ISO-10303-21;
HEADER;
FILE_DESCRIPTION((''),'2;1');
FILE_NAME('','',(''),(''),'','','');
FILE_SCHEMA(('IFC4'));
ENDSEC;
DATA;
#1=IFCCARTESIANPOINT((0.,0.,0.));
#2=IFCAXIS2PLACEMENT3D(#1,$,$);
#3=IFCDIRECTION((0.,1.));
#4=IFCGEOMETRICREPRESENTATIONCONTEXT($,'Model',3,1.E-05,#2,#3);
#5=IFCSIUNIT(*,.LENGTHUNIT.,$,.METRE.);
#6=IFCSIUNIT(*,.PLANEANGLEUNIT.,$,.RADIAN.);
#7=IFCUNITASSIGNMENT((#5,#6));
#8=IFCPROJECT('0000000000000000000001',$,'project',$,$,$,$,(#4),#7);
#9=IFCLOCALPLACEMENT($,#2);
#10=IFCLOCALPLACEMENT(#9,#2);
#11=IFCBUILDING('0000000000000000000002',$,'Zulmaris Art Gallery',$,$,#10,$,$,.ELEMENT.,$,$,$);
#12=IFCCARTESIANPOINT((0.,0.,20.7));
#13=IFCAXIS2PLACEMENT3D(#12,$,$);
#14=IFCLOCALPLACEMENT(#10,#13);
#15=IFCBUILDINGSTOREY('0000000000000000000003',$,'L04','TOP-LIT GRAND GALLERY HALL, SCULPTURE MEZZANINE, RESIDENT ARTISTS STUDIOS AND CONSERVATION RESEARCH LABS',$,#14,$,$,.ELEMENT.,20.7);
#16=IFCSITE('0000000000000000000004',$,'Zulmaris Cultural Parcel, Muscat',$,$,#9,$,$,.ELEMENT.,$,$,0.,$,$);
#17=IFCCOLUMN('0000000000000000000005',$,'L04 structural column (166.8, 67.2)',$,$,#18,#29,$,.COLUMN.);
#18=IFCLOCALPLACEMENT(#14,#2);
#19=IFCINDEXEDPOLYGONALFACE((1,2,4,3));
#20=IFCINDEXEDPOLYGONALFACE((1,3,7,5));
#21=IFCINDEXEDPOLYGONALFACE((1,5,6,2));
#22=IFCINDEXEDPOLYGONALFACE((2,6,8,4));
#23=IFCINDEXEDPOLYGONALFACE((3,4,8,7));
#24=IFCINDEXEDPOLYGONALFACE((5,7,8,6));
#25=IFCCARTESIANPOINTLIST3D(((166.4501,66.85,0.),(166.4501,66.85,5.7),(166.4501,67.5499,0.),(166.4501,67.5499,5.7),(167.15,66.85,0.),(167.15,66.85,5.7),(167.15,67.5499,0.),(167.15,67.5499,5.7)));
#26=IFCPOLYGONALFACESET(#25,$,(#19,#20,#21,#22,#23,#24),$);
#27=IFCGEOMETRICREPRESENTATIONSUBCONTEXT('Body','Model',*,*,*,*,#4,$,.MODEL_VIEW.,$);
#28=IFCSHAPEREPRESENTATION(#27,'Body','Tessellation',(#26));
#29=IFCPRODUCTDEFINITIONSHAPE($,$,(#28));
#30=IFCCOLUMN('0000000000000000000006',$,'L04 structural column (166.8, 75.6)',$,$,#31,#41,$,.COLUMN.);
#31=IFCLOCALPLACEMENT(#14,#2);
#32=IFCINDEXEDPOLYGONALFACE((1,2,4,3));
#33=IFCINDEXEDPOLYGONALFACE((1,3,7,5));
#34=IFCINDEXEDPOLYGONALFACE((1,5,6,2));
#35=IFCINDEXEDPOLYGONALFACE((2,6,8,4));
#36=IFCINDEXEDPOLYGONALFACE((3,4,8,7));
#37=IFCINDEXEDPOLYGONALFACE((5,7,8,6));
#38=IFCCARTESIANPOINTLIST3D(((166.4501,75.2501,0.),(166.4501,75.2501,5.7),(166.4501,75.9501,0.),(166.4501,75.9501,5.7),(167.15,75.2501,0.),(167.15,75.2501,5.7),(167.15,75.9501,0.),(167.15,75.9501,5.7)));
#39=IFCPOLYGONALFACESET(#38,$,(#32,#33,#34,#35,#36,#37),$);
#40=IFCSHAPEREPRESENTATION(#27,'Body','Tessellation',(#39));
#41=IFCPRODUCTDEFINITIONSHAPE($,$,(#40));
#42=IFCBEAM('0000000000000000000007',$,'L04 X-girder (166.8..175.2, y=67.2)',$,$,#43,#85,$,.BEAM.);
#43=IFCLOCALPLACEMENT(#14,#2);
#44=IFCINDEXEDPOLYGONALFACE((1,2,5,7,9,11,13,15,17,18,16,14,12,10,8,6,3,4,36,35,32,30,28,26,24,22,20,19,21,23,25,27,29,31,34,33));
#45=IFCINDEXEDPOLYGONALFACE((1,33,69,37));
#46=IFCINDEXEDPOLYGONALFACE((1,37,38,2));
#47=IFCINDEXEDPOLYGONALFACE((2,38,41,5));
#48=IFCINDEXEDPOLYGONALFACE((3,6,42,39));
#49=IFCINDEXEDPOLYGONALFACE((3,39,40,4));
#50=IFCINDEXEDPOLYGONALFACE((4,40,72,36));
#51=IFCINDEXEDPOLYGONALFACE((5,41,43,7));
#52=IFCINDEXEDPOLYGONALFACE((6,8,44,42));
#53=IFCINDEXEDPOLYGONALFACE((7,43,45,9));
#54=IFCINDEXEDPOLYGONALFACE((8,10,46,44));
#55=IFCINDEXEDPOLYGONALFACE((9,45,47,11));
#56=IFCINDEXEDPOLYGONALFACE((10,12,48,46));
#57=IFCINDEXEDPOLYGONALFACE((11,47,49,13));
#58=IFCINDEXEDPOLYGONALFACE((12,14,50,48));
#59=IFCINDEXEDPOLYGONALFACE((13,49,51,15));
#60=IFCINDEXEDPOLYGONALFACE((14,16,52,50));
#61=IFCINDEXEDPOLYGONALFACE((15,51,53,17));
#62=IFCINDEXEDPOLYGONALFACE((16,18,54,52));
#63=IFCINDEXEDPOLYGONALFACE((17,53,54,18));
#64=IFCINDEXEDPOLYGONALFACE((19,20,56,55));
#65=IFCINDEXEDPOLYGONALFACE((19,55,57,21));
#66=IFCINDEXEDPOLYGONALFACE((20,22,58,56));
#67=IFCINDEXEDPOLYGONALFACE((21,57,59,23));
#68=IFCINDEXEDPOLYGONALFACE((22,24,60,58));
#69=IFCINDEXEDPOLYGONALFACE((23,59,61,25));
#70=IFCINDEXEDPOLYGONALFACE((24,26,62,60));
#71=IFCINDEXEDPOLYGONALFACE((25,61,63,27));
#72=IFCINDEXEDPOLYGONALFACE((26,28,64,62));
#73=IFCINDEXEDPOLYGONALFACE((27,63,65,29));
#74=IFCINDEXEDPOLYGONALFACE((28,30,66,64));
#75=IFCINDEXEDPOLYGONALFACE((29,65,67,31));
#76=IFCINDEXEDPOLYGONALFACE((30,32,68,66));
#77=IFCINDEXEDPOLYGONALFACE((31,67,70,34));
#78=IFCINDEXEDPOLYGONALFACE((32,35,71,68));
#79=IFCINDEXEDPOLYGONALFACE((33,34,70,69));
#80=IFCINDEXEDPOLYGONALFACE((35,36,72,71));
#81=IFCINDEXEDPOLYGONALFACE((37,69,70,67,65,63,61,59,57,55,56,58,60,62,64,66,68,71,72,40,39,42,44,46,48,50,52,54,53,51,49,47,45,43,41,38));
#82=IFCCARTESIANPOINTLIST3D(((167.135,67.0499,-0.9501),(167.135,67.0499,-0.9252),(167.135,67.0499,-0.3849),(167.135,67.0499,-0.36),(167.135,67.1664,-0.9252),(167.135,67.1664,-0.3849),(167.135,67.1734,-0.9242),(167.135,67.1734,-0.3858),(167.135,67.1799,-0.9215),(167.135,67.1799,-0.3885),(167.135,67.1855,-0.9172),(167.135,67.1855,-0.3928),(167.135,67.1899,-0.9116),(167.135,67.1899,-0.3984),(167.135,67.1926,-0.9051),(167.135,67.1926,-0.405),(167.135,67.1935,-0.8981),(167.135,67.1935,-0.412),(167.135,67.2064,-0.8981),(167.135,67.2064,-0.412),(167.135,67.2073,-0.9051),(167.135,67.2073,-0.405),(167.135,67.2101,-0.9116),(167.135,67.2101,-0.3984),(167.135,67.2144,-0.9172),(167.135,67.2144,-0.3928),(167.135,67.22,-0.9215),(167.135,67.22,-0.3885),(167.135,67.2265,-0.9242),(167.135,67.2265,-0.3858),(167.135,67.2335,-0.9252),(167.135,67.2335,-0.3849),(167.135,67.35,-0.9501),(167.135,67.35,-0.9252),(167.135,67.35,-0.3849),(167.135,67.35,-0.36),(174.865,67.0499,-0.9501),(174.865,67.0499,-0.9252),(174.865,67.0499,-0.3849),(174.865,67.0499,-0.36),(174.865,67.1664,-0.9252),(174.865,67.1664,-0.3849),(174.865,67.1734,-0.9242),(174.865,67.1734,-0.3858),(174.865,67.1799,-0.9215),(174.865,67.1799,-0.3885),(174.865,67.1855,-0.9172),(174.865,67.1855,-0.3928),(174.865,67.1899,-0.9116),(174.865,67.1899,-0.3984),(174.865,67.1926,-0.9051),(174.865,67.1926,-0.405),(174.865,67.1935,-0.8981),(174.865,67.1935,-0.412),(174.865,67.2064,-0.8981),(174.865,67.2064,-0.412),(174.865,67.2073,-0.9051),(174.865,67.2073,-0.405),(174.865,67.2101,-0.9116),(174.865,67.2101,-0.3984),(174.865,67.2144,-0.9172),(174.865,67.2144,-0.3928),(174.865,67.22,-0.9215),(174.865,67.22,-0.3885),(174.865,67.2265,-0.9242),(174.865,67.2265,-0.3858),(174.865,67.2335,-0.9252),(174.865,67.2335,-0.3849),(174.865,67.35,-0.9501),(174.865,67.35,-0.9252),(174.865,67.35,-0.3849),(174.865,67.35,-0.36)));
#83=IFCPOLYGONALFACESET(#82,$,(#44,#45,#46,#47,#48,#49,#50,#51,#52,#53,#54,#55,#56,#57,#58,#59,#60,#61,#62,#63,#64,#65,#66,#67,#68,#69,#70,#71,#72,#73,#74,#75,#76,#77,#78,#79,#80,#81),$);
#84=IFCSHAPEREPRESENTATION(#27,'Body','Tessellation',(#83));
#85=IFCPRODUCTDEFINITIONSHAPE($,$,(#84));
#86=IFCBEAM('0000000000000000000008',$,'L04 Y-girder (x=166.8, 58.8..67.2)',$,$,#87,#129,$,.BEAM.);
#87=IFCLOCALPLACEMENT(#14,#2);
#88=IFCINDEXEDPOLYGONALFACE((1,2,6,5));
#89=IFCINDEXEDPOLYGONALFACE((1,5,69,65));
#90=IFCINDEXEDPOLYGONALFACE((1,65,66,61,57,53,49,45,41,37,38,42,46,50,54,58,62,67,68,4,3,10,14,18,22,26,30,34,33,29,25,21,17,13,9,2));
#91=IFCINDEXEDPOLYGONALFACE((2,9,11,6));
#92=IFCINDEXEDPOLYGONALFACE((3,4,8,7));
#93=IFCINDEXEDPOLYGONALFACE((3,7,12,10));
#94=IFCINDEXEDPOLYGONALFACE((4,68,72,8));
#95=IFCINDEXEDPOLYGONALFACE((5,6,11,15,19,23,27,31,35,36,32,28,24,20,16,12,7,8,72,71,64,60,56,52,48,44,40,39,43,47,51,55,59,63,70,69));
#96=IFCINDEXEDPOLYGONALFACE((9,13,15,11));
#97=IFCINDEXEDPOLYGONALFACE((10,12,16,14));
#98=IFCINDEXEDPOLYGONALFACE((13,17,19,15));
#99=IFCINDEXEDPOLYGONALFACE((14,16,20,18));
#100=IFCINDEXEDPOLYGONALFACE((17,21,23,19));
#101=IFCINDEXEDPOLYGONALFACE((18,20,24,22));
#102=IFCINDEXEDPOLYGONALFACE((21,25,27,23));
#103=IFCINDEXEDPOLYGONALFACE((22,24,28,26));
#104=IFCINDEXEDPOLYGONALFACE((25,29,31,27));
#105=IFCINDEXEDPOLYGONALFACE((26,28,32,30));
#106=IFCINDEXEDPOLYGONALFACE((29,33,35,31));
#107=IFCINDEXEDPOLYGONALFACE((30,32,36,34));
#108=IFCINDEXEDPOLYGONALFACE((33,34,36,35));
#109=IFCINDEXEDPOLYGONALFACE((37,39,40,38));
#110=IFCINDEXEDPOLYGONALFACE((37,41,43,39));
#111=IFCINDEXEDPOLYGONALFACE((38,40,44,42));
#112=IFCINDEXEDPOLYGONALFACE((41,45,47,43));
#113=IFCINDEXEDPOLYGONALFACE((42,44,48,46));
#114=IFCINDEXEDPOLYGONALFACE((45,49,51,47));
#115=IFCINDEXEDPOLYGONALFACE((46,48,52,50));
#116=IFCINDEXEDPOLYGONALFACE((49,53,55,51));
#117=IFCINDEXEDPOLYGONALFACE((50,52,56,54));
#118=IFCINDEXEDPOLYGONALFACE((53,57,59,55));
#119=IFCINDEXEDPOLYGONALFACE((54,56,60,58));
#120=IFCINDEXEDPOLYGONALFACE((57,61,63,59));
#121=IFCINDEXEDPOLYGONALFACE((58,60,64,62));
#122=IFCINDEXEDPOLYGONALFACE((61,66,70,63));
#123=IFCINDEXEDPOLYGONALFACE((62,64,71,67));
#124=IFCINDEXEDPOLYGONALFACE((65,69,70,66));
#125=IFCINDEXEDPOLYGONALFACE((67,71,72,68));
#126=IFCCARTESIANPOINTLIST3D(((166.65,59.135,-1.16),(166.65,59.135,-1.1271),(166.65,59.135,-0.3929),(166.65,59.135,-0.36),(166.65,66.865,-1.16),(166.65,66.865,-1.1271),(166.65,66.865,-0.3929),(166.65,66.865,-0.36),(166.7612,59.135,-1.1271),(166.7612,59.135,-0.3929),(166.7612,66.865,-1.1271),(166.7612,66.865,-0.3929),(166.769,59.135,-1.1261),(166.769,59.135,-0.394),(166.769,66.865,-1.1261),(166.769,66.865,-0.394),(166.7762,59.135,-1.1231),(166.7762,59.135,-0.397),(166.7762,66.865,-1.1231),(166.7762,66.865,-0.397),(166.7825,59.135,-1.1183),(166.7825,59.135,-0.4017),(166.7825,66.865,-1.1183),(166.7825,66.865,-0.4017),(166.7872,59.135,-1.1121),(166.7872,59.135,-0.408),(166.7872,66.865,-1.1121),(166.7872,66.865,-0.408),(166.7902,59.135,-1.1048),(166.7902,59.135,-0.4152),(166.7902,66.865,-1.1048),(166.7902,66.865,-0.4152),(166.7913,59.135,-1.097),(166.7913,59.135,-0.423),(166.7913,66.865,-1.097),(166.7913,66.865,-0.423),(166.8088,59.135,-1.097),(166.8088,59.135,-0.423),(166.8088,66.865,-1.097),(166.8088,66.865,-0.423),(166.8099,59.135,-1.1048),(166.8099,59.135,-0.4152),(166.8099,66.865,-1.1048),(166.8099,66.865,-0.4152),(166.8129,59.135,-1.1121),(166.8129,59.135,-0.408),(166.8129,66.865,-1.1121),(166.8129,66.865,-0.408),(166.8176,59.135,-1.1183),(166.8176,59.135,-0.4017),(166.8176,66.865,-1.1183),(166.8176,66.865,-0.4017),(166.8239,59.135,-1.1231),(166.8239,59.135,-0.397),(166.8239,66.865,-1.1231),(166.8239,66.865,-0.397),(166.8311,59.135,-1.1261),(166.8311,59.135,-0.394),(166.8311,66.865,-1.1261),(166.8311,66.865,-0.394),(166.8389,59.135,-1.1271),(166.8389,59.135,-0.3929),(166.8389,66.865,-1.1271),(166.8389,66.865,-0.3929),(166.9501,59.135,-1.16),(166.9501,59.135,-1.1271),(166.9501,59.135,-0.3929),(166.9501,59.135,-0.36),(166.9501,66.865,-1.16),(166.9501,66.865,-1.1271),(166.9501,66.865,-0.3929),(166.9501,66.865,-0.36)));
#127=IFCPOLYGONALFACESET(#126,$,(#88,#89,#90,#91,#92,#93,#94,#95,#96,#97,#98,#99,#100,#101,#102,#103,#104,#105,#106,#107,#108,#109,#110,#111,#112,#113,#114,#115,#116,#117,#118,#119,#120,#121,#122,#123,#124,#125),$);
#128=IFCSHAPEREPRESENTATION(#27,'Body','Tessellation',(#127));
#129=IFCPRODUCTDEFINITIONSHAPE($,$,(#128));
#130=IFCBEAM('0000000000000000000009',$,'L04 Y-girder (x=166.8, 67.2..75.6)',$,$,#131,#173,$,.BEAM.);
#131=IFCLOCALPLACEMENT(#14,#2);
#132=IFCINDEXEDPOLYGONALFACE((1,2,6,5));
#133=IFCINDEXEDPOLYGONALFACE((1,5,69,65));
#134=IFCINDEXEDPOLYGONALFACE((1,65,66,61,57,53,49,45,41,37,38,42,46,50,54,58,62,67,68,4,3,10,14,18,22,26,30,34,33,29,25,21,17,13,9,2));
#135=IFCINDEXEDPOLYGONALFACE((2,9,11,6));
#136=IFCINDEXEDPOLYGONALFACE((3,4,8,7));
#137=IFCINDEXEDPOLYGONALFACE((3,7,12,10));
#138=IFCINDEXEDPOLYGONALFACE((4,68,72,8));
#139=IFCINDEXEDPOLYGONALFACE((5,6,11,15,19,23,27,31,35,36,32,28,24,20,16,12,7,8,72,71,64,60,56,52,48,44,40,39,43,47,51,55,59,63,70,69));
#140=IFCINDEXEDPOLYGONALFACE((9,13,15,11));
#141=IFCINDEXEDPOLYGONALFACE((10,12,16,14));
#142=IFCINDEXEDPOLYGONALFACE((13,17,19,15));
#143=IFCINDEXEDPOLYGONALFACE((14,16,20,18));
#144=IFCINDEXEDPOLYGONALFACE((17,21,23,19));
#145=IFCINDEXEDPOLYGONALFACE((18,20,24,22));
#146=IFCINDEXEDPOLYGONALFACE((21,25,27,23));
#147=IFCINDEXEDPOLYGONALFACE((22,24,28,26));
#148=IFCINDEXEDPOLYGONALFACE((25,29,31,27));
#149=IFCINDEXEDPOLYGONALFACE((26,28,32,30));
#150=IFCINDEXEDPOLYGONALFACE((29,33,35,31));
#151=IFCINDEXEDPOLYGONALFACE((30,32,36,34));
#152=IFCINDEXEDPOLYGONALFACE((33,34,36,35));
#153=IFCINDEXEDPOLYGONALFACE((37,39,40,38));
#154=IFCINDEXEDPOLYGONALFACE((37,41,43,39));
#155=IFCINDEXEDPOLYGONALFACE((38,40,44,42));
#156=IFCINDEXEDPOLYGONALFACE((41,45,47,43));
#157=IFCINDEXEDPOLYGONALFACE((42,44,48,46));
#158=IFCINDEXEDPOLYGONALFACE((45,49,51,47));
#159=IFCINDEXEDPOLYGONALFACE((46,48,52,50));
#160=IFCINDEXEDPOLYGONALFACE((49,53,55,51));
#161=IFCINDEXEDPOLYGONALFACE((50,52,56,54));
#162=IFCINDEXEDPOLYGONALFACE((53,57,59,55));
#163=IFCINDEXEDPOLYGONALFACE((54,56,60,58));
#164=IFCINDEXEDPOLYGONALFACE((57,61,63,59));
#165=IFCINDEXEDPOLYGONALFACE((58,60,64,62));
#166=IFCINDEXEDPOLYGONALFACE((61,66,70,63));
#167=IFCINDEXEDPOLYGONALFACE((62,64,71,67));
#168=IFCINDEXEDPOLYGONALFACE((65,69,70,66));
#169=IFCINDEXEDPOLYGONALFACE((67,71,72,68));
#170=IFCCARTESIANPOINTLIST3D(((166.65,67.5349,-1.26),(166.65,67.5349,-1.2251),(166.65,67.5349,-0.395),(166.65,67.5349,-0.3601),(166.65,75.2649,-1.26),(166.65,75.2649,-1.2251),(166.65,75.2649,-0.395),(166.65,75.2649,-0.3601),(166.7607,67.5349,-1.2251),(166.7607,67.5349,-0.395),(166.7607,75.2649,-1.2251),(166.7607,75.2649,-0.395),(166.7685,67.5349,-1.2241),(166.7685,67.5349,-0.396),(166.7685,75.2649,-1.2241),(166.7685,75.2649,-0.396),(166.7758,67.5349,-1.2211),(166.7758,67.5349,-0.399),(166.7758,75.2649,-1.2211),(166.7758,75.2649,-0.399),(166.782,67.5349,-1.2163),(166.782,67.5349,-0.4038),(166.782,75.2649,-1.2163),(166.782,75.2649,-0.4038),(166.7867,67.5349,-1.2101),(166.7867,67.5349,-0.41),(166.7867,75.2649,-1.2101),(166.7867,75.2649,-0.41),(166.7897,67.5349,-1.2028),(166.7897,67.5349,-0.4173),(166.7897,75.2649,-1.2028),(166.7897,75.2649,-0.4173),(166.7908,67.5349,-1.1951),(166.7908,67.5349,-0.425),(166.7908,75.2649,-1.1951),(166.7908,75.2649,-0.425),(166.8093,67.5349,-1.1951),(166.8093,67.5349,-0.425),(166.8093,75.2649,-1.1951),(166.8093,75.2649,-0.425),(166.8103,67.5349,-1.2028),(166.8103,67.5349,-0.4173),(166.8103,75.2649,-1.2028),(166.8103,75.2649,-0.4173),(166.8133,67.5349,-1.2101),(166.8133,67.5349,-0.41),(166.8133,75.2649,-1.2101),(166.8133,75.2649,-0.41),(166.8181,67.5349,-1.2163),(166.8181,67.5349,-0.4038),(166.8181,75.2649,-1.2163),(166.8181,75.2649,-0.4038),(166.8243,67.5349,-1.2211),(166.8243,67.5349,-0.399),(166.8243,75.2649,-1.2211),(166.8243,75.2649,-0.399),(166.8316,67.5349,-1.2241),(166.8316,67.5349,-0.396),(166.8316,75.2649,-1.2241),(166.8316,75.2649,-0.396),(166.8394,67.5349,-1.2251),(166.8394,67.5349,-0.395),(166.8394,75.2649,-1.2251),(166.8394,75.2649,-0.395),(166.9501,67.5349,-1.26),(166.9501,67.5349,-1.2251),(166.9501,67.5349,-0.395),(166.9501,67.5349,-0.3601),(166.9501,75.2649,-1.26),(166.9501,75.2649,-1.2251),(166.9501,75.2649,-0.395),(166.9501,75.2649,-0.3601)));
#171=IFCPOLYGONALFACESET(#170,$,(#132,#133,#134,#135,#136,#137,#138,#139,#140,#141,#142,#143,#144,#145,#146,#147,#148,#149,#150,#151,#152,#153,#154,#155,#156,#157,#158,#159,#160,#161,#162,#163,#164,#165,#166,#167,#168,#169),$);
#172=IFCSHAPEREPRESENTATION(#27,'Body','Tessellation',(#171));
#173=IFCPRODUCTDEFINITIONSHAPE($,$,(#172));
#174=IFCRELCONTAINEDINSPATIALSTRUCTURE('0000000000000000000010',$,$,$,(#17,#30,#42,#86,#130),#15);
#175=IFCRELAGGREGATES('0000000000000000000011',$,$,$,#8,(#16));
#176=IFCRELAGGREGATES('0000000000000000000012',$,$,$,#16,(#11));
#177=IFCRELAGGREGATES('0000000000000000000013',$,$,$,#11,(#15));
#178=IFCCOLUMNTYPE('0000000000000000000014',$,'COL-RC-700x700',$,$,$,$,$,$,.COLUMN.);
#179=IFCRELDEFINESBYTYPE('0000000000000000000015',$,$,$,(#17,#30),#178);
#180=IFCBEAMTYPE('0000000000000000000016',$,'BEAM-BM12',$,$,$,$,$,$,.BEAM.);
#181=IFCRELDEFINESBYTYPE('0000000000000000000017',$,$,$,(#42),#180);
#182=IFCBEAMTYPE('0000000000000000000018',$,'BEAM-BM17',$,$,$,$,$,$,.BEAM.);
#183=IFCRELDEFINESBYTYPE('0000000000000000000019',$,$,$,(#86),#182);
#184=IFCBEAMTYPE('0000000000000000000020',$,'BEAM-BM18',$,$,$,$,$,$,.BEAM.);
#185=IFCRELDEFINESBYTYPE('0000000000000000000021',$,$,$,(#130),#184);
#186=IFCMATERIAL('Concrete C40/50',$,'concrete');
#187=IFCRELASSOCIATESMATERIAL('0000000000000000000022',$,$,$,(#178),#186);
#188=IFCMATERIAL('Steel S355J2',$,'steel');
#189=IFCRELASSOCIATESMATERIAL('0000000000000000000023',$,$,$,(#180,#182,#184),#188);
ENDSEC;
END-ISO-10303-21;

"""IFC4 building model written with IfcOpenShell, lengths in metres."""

from ifc_helpers import new_model, si_unit, direction, frame, origin, origin_2d, place, context, subcontext, project, spatial, rectangle, i_section, extrude, material, material_profile, profile_set, type_object, element, save


model = new_model("IFC4")

# Units and contexts
model_context = context("Model", 3, precision=1e-05, world=origin(), true_north=direction((0.0, 1.0)))
body_context = subcontext(model_context, "Body", "Model", "MODEL_VIEW")
ifc_project = project(units=[si_unit("LENGTHUNIT", "METRE"), si_unit("PLANEANGLEUNIT", "RADIAN")], contexts=[model_context])

# Site, building, storey
site_placement = place(None, origin())
site = spatial("IfcSite", under=ifc_project, at=site_placement, Name="Zulmaris Cultural Parcel, Muscat", CompositionType="ELEMENT", RefElevation=0.0)
building_placement = place(site_placement, origin())
building = spatial("IfcBuilding", under=site, at=building_placement, Name="Zulmaris Art Gallery", CompositionType="ELEMENT")
storey_placement = place(building_placement, frame((0.0, 0.0, 20.7)))
storey = spatial("IfcBuildingStorey", under=building, at=storey_placement, Name="L04", Description="TOP-LIT GRAND GALLERY HALL, SCULPTURE MEZZANINE, RESIDENT ARTISTS STUDIOS AND CONSERVATION RESEARCH LABS", CompositionType="ELEMENT", Elevation=20.7)

# Columns
ifc_material_1 = material(Name="Concrete C40/50", Category="concrete")
ifc_material_profile_1 = material_profile(ifc_material_1, rectangle(XDim=0.7, YDim=0.7, at=origin_2d()), Name="RC 700x700")
ifc_profile_set_1 = profile_set([ifc_material_profile_1], Name="Concrete C40/50")
column_type = type_object("IfcColumnType", Name="COL-RC-700x700", PredefinedType="COLUMN", material=ifc_profile_set_1)
for number, where, z_axis, x_axis, name in (
    (1, (166.8, 67.2, 0.0), (0.0, 0.0, 1.0), (1.0, 0.0, 0.0), "L04 structural column (166.8, 67.2)"),
    (2, (166.8, 75.6001, 0.0), (0.0, 0.0, 1.0), (1.0, 0.0, 0.0), "L04 structural column (166.8, 75.6)"),
):
    element("IfcColumn", number, at=place(storey_placement, frame(where, z_axis=z_axis, x_axis=x_axis)), inside=storey, type_object=column_type, Name=name, PredefinedType="COLUMN", context=body_context, shape_type="SweptSolid", body=[
        extrude(rectangle(XDim=0.7, YDim=0.7, at=origin_2d()), origin(), (0.0, 0.0, 1.0), 5.7),
    ])

# Beams
ifc_material_2 = material(Name="Steel S355J2", Category="steel")
ifc_material_profile_2 = material_profile(ifc_material_2, i_section(OverallWidth=0.3, OverallDepth=0.5901, WebThickness=0.0129, FlangeThickness=0.0249, FilletRadius=0.0271, at=origin_2d()), Name="HEA 600")
ifc_profile_set_2 = profile_set([ifc_material_profile_2], Name="Steel S355J2")
beam_type_1 = type_object("IfcBeamType", Name="BEAM-BM12", PredefinedType="BEAM", material=ifc_profile_set_2)
beam_1_placement = place(storey_placement, frame((167.135, 67.2, -0.655), z_axis=(1.0, 0.0, 0.0), x_axis=(0.0, 1.0, 0.0)))
element("IfcBeam", 3, at=beam_1_placement, inside=storey, type_object=beam_type_1, Name="L04 X-girder (166.8..175.2, y=67.2)", PredefinedType="BEAM", context=body_context, shape_type="SweptSolid", body=[
    extrude(i_section(OverallWidth=0.3, OverallDepth=0.5901, WebThickness=0.0129, FlangeThickness=0.0249, FilletRadius=0.0271, at=origin_2d()), origin(), (0.0, 0.0, 1.0), 7.73),
])
ifc_material_profile_3 = material_profile(ifc_material_2, i_section(OverallWidth=0.3, OverallDepth=0.8, WebThickness=0.0176, FlangeThickness=0.033, FilletRadius=0.03, at=origin_2d()), Name="HEB 800")
ifc_profile_set_3 = profile_set([ifc_material_profile_3], Name="Steel S355J2")
beam_type_2 = type_object("IfcBeamType", Name="BEAM-BM17", PredefinedType="BEAM", material=ifc_profile_set_3)
beam_2_placement = place(storey_placement, frame((166.8, 59.135, -0.76), z_axis=(0.0, 1.0, 0.0), x_axis=(-1.0, 0.0, 0.0)))
element("IfcBeam", 4, at=beam_2_placement, inside=storey, type_object=beam_type_2, Name="L04 Y-girder (x=166.8, 58.8..67.2)", PredefinedType="BEAM", context=body_context, shape_type="SweptSolid", body=[
    extrude(i_section(OverallWidth=0.3, OverallDepth=0.8, WebThickness=0.0176, FlangeThickness=0.033, FilletRadius=0.03, at=origin_2d()), origin(), (0.0, 0.0, 1.0), 7.73),
])
ifc_material_profile_4 = material_profile(ifc_material_2, i_section(OverallWidth=0.3, OverallDepth=0.8999, WebThickness=0.0186, FlangeThickness=0.0349, FilletRadius=0.03, at=origin_2d()), Name="HEB 900")
ifc_profile_set_4 = profile_set([ifc_material_profile_4], Name="Steel S355J2")
beam_type_3 = type_object("IfcBeamType", Name="BEAM-BM18", PredefinedType="BEAM", material=ifc_profile_set_4)
beam_3_placement = place(storey_placement, frame((166.8, 67.5349, -0.8101), z_axis=(0.0, 1.0, 0.0), x_axis=(-1.0, 0.0, 0.0)))
element("IfcBeam", 5, at=beam_3_placement, inside=storey, type_object=beam_type_3, Name="L04 Y-girder (x=166.8, 67.2..75.6)", PredefinedType="BEAM", context=body_context, shape_type="SweptSolid", body=[
    extrude(i_section(OverallWidth=0.3, OverallDepth=0.8999, WebThickness=0.0186, FlangeThickness=0.0349, FilletRadius=0.03, at=origin_2d()), origin(), (0.0, 0.0, 1.0), 7.73),
])

save(model, "model.ifc")
